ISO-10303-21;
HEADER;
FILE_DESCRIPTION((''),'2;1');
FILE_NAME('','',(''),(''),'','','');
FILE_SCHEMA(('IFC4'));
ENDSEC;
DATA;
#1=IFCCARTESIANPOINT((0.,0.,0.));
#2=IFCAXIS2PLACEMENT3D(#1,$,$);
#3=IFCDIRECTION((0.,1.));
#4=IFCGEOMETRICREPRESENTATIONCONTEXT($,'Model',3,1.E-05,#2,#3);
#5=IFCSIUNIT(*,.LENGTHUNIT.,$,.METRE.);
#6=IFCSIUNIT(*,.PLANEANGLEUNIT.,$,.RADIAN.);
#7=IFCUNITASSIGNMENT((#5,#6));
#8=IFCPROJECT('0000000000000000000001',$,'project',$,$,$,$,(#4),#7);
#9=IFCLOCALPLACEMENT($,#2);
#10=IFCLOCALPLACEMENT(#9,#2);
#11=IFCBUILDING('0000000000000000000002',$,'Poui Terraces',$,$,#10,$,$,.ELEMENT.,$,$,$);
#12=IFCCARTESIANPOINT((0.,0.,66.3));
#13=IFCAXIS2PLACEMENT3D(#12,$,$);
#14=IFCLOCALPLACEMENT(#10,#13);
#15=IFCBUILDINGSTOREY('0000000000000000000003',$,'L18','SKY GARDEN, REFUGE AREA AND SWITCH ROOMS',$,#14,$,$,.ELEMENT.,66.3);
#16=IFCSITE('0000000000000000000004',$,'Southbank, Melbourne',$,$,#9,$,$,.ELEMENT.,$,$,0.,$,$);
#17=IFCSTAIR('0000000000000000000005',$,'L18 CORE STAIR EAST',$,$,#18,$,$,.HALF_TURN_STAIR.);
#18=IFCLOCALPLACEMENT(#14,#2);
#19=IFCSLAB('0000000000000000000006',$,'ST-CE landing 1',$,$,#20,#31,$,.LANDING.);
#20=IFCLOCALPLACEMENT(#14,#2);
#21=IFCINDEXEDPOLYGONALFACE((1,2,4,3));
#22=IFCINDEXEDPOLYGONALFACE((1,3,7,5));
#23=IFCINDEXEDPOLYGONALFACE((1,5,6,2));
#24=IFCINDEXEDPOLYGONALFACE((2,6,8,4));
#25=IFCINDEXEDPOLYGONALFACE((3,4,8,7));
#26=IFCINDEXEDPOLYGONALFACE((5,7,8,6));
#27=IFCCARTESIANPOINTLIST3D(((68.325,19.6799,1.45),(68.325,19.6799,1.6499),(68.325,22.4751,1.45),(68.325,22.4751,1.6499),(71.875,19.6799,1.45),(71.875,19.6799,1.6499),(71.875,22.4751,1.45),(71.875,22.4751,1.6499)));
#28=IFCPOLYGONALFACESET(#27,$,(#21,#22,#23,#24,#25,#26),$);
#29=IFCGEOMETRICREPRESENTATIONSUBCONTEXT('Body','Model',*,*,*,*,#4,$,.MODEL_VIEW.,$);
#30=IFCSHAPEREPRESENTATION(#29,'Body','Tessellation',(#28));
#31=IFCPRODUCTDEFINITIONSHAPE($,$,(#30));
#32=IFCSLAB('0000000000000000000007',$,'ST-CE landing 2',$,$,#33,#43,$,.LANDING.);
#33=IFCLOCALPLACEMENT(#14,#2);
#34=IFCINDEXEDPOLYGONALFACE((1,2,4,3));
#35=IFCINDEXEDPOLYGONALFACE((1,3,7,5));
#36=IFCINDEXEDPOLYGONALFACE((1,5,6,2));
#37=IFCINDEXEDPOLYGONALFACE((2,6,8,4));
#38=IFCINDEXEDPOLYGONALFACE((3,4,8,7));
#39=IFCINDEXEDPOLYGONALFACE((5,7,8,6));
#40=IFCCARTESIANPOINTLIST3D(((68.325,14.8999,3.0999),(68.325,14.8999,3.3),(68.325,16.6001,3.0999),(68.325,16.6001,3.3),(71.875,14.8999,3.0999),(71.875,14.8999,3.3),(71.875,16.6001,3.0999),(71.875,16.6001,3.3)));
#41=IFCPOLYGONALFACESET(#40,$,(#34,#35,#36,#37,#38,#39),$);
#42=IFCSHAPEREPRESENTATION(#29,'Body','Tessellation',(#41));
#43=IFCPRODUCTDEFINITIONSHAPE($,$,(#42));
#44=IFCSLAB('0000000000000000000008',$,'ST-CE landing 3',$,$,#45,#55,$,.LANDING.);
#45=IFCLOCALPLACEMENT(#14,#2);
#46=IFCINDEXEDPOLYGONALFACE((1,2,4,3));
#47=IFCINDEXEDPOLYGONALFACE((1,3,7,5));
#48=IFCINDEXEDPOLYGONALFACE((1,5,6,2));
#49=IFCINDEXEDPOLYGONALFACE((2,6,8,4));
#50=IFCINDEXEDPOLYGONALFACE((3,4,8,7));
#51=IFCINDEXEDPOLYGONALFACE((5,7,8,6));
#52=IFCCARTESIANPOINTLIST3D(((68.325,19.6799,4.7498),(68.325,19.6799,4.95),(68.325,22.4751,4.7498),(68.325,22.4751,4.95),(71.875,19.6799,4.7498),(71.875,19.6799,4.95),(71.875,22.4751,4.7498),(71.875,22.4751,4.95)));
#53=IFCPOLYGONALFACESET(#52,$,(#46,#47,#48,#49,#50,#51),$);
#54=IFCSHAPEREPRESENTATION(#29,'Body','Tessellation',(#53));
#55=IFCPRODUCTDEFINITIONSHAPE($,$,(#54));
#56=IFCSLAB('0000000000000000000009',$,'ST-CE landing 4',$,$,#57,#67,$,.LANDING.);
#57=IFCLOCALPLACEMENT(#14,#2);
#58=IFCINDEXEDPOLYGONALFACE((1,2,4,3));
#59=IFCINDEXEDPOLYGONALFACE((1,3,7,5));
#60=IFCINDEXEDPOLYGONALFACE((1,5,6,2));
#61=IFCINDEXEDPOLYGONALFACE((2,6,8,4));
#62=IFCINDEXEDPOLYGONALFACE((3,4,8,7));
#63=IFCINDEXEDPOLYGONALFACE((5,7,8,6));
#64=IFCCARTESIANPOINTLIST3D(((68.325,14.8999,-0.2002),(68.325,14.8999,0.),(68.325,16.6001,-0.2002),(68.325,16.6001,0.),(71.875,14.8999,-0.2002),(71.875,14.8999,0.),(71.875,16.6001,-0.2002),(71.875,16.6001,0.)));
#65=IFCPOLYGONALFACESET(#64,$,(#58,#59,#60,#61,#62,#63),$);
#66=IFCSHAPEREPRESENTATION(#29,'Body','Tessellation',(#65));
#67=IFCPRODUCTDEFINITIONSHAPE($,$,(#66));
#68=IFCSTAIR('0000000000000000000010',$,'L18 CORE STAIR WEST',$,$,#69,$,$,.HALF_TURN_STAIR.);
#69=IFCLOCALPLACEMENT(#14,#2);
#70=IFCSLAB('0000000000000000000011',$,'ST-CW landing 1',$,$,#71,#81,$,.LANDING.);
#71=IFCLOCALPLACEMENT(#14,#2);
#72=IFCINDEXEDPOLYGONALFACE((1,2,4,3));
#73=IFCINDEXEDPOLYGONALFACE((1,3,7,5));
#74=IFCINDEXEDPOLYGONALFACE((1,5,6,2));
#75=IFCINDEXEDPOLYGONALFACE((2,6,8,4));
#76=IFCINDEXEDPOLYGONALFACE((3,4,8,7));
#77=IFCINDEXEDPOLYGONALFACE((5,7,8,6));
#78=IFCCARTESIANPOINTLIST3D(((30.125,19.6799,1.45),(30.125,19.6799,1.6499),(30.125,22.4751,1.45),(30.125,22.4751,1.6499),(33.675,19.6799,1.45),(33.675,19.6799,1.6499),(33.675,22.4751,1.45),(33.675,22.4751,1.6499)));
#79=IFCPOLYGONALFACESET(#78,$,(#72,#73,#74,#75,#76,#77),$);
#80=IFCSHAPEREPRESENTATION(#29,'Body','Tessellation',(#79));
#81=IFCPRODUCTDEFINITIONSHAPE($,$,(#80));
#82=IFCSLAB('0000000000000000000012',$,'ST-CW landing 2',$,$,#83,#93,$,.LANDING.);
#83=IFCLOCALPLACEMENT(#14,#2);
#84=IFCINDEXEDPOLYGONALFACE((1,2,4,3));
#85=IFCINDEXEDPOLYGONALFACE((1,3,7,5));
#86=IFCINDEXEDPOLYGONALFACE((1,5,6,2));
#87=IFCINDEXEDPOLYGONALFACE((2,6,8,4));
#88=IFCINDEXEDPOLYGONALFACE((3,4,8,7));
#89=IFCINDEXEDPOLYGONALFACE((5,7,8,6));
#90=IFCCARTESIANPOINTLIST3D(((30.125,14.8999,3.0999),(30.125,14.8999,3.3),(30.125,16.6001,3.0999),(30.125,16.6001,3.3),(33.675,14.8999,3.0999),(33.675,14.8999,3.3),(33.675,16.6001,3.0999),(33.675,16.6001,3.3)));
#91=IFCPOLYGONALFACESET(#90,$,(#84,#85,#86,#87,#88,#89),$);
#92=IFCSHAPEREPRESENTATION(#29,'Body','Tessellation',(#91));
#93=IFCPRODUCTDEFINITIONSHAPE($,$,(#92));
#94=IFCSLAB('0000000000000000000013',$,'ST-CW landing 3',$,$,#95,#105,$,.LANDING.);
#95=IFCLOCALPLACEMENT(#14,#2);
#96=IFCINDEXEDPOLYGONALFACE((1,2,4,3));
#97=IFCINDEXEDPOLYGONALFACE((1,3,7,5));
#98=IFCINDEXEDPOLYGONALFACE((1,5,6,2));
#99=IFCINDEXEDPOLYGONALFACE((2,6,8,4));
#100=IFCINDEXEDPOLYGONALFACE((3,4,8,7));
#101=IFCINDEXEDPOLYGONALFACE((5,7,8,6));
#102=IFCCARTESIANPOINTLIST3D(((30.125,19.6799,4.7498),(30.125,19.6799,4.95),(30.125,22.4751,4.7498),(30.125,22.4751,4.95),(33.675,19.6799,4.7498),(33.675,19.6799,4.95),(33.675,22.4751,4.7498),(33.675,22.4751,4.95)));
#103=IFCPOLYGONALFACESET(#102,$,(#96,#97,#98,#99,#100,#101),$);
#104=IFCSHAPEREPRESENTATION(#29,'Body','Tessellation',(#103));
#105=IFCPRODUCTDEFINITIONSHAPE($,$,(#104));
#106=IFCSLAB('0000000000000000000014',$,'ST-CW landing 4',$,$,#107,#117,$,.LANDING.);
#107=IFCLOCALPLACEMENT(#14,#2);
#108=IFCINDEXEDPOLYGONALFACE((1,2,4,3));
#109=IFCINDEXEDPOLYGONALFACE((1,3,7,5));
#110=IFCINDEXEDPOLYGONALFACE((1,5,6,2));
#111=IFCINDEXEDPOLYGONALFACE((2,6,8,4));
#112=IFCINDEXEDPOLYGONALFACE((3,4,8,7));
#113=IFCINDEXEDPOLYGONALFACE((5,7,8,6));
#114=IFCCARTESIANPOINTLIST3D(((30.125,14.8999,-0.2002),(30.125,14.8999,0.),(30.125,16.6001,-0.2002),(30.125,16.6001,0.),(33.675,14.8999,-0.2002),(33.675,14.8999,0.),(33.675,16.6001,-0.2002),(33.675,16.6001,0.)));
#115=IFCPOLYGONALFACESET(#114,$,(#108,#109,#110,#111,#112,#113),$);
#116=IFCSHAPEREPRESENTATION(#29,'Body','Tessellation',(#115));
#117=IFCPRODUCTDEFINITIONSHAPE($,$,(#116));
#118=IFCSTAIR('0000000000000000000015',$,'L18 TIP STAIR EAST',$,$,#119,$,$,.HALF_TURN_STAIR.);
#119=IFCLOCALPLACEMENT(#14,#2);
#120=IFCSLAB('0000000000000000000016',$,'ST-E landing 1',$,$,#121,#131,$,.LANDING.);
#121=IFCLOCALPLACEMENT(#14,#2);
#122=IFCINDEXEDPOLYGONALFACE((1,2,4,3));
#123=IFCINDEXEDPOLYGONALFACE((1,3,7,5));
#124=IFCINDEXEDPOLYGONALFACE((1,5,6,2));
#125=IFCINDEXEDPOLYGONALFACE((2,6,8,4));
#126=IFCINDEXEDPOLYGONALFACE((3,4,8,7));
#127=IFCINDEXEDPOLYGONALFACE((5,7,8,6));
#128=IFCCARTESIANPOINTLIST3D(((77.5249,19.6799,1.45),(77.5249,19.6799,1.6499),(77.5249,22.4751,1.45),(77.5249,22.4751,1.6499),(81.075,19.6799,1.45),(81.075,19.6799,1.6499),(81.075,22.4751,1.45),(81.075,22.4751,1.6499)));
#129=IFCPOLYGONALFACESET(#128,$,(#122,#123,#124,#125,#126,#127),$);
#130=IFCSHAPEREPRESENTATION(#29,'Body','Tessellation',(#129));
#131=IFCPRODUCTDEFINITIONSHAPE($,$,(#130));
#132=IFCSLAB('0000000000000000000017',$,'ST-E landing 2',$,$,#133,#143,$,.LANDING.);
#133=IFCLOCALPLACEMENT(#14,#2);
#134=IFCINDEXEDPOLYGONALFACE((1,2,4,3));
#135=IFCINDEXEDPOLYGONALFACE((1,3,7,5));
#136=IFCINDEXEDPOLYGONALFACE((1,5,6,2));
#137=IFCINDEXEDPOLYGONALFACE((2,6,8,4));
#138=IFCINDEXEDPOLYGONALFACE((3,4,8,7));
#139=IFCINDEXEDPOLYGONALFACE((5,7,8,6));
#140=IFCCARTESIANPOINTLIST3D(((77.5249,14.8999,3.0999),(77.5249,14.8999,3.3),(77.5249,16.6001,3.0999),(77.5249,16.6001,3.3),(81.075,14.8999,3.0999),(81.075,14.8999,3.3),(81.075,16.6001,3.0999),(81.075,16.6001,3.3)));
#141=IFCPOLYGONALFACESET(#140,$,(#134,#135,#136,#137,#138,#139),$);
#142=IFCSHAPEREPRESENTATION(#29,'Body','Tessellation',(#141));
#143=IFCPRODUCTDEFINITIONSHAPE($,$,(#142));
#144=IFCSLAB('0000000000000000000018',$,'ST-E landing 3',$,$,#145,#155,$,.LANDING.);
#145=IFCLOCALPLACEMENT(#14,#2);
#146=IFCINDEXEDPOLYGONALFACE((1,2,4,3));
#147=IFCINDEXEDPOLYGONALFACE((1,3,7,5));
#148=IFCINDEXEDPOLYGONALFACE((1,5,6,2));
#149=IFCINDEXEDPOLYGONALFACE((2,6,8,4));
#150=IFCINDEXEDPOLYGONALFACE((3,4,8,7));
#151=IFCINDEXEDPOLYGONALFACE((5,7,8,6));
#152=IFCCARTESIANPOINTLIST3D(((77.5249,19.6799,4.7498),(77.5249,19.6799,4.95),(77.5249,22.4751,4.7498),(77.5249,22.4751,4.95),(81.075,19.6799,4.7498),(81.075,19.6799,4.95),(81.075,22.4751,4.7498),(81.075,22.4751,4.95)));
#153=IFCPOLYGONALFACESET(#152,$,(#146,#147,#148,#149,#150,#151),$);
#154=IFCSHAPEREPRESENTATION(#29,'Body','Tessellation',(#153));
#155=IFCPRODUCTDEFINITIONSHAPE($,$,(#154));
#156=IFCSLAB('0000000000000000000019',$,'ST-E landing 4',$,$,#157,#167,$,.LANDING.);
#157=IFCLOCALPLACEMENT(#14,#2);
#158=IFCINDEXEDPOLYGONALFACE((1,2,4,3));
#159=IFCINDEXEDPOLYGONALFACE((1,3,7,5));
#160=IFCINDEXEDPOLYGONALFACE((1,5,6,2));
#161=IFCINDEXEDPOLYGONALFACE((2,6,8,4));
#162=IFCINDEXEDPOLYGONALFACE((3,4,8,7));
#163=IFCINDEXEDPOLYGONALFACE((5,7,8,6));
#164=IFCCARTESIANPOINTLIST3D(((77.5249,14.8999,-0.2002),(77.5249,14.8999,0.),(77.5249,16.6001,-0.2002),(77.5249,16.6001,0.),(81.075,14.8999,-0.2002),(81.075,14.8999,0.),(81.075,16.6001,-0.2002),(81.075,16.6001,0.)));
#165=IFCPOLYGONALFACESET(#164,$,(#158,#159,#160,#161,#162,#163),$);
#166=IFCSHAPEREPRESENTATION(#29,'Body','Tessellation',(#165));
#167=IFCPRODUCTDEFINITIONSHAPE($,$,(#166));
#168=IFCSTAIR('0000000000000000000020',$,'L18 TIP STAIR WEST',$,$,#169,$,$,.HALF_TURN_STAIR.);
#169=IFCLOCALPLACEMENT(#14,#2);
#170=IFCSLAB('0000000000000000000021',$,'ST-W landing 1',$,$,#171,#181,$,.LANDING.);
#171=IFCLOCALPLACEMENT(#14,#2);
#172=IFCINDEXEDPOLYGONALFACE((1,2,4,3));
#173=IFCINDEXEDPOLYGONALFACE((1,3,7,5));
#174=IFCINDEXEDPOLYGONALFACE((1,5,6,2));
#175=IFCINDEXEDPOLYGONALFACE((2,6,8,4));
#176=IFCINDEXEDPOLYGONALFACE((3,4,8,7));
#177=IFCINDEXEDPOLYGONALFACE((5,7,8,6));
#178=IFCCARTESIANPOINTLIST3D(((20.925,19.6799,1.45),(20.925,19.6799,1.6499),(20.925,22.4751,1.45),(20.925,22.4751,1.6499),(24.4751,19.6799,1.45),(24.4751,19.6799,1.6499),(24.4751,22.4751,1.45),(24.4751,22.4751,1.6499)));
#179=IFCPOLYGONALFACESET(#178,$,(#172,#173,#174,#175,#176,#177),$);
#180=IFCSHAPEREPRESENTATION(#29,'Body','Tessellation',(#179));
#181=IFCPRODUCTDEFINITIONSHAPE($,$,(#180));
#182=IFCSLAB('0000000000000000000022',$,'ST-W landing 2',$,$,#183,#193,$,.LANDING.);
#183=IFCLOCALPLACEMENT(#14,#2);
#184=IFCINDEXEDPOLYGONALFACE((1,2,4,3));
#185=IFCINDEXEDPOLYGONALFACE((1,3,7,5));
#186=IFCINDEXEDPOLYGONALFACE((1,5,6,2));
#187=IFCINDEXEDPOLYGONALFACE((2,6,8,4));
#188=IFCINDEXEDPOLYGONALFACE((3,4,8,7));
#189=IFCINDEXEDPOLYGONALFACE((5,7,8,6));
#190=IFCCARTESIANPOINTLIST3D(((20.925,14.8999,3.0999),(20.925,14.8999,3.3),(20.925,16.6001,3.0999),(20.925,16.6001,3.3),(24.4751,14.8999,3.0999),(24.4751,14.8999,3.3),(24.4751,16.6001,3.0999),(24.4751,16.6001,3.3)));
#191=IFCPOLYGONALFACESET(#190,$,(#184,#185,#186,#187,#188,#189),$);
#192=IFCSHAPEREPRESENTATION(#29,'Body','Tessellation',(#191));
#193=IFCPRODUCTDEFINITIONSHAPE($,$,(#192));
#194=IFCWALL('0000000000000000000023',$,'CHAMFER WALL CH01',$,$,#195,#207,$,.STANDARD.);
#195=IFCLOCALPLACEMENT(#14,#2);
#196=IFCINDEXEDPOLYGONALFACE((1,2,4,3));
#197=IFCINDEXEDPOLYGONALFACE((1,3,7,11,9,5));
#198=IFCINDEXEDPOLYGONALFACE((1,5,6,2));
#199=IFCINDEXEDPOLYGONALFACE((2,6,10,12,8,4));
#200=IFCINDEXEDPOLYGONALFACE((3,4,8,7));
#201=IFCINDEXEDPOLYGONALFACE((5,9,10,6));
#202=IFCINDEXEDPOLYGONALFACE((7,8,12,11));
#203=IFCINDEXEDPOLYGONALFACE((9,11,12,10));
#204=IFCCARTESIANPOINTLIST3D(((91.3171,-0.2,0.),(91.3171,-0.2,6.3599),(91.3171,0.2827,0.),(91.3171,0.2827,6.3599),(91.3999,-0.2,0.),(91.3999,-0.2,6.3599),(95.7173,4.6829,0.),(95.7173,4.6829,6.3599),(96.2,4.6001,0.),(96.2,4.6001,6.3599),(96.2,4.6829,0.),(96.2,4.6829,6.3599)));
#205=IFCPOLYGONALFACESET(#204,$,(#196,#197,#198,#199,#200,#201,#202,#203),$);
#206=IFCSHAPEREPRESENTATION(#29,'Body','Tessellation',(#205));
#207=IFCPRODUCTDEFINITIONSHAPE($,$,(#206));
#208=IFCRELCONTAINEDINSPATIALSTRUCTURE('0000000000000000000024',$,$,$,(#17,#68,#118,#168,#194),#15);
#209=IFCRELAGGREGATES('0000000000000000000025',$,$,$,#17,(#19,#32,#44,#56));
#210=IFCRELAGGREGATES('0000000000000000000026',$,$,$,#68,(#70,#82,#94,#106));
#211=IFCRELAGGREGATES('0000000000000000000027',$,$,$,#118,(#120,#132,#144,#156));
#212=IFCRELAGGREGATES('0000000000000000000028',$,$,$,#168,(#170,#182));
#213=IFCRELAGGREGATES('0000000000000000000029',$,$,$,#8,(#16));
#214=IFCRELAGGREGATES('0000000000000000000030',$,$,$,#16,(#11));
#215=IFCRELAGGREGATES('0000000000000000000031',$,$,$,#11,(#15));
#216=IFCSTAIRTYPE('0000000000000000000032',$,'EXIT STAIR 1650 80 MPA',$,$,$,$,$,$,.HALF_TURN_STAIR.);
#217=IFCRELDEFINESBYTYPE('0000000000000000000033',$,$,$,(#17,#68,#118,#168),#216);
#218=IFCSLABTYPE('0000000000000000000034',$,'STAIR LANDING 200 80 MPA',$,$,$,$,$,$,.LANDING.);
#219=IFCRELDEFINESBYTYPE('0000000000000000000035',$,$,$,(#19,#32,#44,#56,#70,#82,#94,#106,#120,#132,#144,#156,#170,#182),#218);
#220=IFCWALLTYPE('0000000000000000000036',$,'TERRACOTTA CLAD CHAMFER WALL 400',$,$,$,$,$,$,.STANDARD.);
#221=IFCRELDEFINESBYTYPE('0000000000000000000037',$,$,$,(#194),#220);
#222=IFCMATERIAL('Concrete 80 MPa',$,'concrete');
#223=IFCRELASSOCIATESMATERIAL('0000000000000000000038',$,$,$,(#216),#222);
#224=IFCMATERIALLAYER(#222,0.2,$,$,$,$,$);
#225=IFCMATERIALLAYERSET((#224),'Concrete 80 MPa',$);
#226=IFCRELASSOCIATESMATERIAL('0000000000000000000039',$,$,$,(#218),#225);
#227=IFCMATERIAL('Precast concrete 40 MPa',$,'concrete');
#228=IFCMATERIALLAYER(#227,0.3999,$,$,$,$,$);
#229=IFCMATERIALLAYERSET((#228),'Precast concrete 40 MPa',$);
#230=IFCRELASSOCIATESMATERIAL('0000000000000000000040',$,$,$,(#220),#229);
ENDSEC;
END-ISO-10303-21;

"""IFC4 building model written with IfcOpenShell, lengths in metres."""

from ifc_helpers import new_model, si_unit, direction, frame, origin, place, context, subcontext, project, spatial, polyline, outline, extrude, material, layer, layer_set, type_object, element, aggregate, save


model = new_model("IFC4")

# Units and contexts
model_context = context("Model", 3, precision=1e-05, world=origin(), true_north=direction((0.0, 1.0)))
body_context = subcontext(model_context, "Body", "Model", "MODEL_VIEW")
ifc_project = project(units=[si_unit("LENGTHUNIT", "METRE"), si_unit("PLANEANGLEUNIT", "RADIAN")], contexts=[model_context])

# Site, building, storey
site_placement = place(None, origin())
site = spatial("IfcSite", under=ifc_project, at=site_placement, Name="Southbank, Melbourne", CompositionType="ELEMENT", RefElevation=0.0)
building_placement = place(site_placement, origin())
building = spatial("IfcBuilding", under=site, at=building_placement, Name="Poui Terraces", CompositionType="ELEMENT")
storey_placement = place(building_placement, frame((0.0, 0.0, 66.3)))
storey = spatial("IfcBuildingStorey", under=building, at=storey_placement, Name="L18", Description="SKY GARDEN, REFUGE AREA AND SWITCH ROOMS", CompositionType="ELEMENT", Elevation=66.3)

# Stairs, slabs
ifc_material_1 = material(Name="Concrete 80 MPa", Category="concrete")
stair_type = type_object("IfcStairType", Name="EXIT STAIR 1650 80 MPA", PredefinedType="HALF_TURN_STAIR", material=ifc_material_1)
stair_1_placement = place(storey_placement, origin())
stair_1 = element("IfcStair", 1, at=stair_1_placement, inside=storey, type_object=stair_type, Name="L18 CORE STAIR EAST", PredefinedType="HALF_TURN_STAIR")
ifc_layer_1 = layer(ifc_material_1, 0.2)
ifc_layer_set_1 = layer_set([ifc_layer_1], Name="Concrete 80 MPa")
slab_type = type_object("IfcSlabType", Name="STAIR LANDING 200 80 MPA", PredefinedType="LANDING", material=ifc_layer_set_1)
slab_1_placement = place(storey_placement, frame((0.0, 0.0, 1.45)))
slab_1 = element("IfcSlab", 2, at=slab_1_placement, type_object=slab_type, Name="ST-CE landing 1", PredefinedType="LANDING", context=body_context, shape_type="SweptSolid", body=[
    extrude(outline(polyline([(68.325, 19.6799), (71.875, 19.6799), (71.875, 22.4751), (68.325, 22.4751), (68.325, 19.6799)])), origin(), (0.0, 0.0, 1.0), 0.2),
])
slab_2_placement = place(storey_placement, frame((0.0, 0.0, 3.0999)))
slab_2 = element("IfcSlab", 3, at=slab_2_placement, type_object=slab_type, Name="ST-CE landing 2", PredefinedType="LANDING", context=body_context, shape_type="SweptSolid", body=[
    extrude(outline(polyline([(68.325, 14.8999), (71.875, 14.8999), (71.875, 16.6001), (68.325, 16.6001), (68.325, 14.8999)])), origin(), (0.0, 0.0, 1.0), 0.2002),
])
slab_3_placement = place(storey_placement, frame((0.0, 0.0, 4.7498)))
slab_3 = element("IfcSlab", 4, at=slab_3_placement, type_object=slab_type, Name="ST-CE landing 3", PredefinedType="LANDING", context=body_context, shape_type="SweptSolid", body=[
    extrude(outline(polyline([(68.325, 19.6799), (71.875, 19.6799), (71.875, 22.4751), (68.325, 22.4751), (68.325, 19.6799)])), origin(), (0.0, 0.0, 1.0), 0.2002),
])
slab_4_placement = place(storey_placement, frame((0.0, 0.0, -0.2002)))
slab_4 = element("IfcSlab", 5, at=slab_4_placement, type_object=slab_type, Name="ST-CE landing 4", PredefinedType="LANDING", context=body_context, shape_type="SweptSolid", body=[
    extrude(outline(polyline([(68.325, 14.8999), (71.875, 14.8999), (71.875, 16.6001), (68.325, 16.6001), (68.325, 14.8999)])), origin(), (0.0, 0.0, 1.0), 0.2002),
])
aggregate(stair_1, [slab_1, slab_2, slab_3, slab_4])
stair_2_placement = place(storey_placement, origin())
stair_2 = element("IfcStair", 6, at=stair_2_placement, inside=storey, type_object=stair_type, Name="L18 CORE STAIR WEST", PredefinedType="HALF_TURN_STAIR")
slab_5_placement = place(storey_placement, frame((0.0, 0.0, 1.45)))
slab_5 = element("IfcSlab", 7, at=slab_5_placement, type_object=slab_type, Name="ST-CW landing 1", PredefinedType="LANDING", context=body_context, shape_type="SweptSolid", body=[
    extrude(outline(polyline([(30.125, 19.6799), (33.675, 19.6799), (33.675, 22.4751), (30.125, 22.4751), (30.125, 19.6799)])), origin(), (0.0, 0.0, 1.0), 0.2),
])
slab_6_placement = place(storey_placement, frame((0.0, 0.0, 3.0999)))
slab_6 = element("IfcSlab", 8, at=slab_6_placement, type_object=slab_type, Name="ST-CW landing 2", PredefinedType="LANDING", context=body_context, shape_type="SweptSolid", body=[
    extrude(outline(polyline([(30.125, 14.8999), (33.675, 14.8999), (33.675, 16.6001), (30.125, 16.6001), (30.125, 14.8999)])), origin(), (0.0, 0.0, 1.0), 0.2002),
])
slab_7_placement = place(storey_placement, frame((0.0, 0.0, 4.7498)))
slab_7 = element("IfcSlab", 9, at=slab_7_placement, type_object=slab_type, Name="ST-CW landing 3", PredefinedType="LANDING", context=body_context, shape_type="SweptSolid", body=[
    extrude(outline(polyline([(30.125, 19.6799), (33.675, 19.6799), (33.675, 22.4751), (30.125, 22.4751), (30.125, 19.6799)])), origin(), (0.0, 0.0, 1.0), 0.2002),
])
slab_8_placement = place(storey_placement, frame((0.0, 0.0, -0.2002)))
slab_8 = element("IfcSlab", 10, at=slab_8_placement, type_object=slab_type, Name="ST-CW landing 4", PredefinedType="LANDING", context=body_context, shape_type="SweptSolid", body=[
    extrude(outline(polyline([(30.125, 14.8999), (33.675, 14.8999), (33.675, 16.6001), (30.125, 16.6001), (30.125, 14.8999)])), origin(), (0.0, 0.0, 1.0), 0.2002),
])
aggregate(stair_2, [slab_5, slab_6, slab_7, slab_8])
stair_3_placement = place(storey_placement, origin())
stair_3 = element("IfcStair", 11, at=stair_3_placement, inside=storey, type_object=stair_type, Name="L18 TIP STAIR EAST", PredefinedType="HALF_TURN_STAIR")
slab_9_placement = place(storey_placement, frame((0.0, 0.0, 1.45)))
slab_9 = element("IfcSlab", 12, at=slab_9_placement, type_object=slab_type, Name="ST-E landing 1", PredefinedType="LANDING", context=body_context, shape_type="SweptSolid", body=[
    extrude(outline(polyline([(77.5249, 19.6799), (81.075, 19.6799), (81.075, 22.4751), (77.5249, 22.4751), (77.5249, 19.6799)])), origin(), (0.0, 0.0, 1.0), 0.2),
])
slab_10_placement = place(storey_placement, frame((0.0, 0.0, 3.0999)))
slab_10 = element("IfcSlab", 13, at=slab_10_placement, type_object=slab_type, Name="ST-E landing 2", PredefinedType="LANDING", context=body_context, shape_type="SweptSolid", body=[
    extrude(outline(polyline([(77.5249, 14.8999), (81.075, 14.8999), (81.075, 16.6001), (77.5249, 16.6001), (77.5249, 14.8999)])), origin(), (0.0, 0.0, 1.0), 0.2002),
])
slab_11_placement = place(storey_placement, frame((0.0, 0.0, 4.7498)))
slab_11 = element("IfcSlab", 14, at=slab_11_placement, type_object=slab_type, Name="ST-E landing 3", PredefinedType="LANDING", context=body_context, shape_type="SweptSolid", body=[
    extrude(outline(polyline([(77.5249, 19.6799), (81.075, 19.6799), (81.075, 22.4751), (77.5249, 22.4751), (77.5249, 19.6799)])), origin(), (0.0, 0.0, 1.0), 0.2002),
])
slab_12_placement = place(storey_placement, frame((0.0, 0.0, -0.2002)))
slab_12 = element("IfcSlab", 15, at=slab_12_placement, type_object=slab_type, Name="ST-E landing 4", PredefinedType="LANDING", context=body_context, shape_type="SweptSolid", body=[
    extrude(outline(polyline([(77.5249, 14.8999), (81.075, 14.8999), (81.075, 16.6001), (77.5249, 16.6001), (77.5249, 14.8999)])), origin(), (0.0, 0.0, 1.0), 0.2002),
])
aggregate(stair_3, [slab_9, slab_10, slab_11, slab_12])
stair_4_placement = place(storey_placement, origin())
stair_4 = element("IfcStair", 16, at=stair_4_placement, inside=storey, type_object=stair_type, Name="L18 TIP STAIR WEST", PredefinedType="HALF_TURN_STAIR")
slab_13_placement = place(storey_placement, frame((0.0, 0.0, 1.45)))
slab_13 = element("IfcSlab", 17, at=slab_13_placement, type_object=slab_type, Name="ST-W landing 1", PredefinedType="LANDING", context=body_context, shape_type="SweptSolid", body=[
    extrude(outline(polyline([(20.925, 19.6799), (24.4751, 19.6799), (24.4751, 22.4751), (20.925, 22.4751), (20.925, 19.6799)])), origin(), (0.0, 0.0, 1.0), 0.2),
])
slab_14_placement = place(storey_placement, frame((0.0, 0.0, 3.0999)))
slab_14 = element("IfcSlab", 18, at=slab_14_placement, type_object=slab_type, Name="ST-W landing 2", PredefinedType="LANDING", context=body_context, shape_type="SweptSolid", body=[
    extrude(outline(polyline([(20.925, 14.8999), (24.4751, 14.8999), (24.4751, 16.6001), (20.925, 16.6001), (20.925, 14.8999)])), origin(), (0.0, 0.0, 1.0), 0.2002),
])
aggregate(stair_4, [slab_13, slab_14])

# Wall
ifc_material_2 = material(Name="Precast concrete 40 MPa", Category="concrete")
ifc_layer_2 = layer(ifc_material_2, 0.3999)
ifc_layer_set_2 = layer_set([ifc_layer_2], Name="Precast concrete 40 MPa")
wall_type = type_object("IfcWallType", Name="TERRACOTTA CLAD CHAMFER WALL 400", PredefinedType="STANDARD", material=ifc_layer_set_2)
wall_1_placement = place(storey_placement, origin())
element("IfcWall", 19, at=wall_1_placement, inside=storey, type_object=wall_type, Name="CHAMFER WALL CH01", PredefinedType="STANDARD", context=body_context, shape_type="SweptSolid", body=[
    extrude(outline(polyline([(91.3171, -0.2), (91.3999, -0.2), (96.2, 4.6001), (96.2, 4.6829), (95.7173, 4.6829), (91.3171, 0.2827), (91.3171, -0.2)])), origin(), (0.0, 0.0, 1.0), 6.3599),
])

save(model, "model.ifc")
